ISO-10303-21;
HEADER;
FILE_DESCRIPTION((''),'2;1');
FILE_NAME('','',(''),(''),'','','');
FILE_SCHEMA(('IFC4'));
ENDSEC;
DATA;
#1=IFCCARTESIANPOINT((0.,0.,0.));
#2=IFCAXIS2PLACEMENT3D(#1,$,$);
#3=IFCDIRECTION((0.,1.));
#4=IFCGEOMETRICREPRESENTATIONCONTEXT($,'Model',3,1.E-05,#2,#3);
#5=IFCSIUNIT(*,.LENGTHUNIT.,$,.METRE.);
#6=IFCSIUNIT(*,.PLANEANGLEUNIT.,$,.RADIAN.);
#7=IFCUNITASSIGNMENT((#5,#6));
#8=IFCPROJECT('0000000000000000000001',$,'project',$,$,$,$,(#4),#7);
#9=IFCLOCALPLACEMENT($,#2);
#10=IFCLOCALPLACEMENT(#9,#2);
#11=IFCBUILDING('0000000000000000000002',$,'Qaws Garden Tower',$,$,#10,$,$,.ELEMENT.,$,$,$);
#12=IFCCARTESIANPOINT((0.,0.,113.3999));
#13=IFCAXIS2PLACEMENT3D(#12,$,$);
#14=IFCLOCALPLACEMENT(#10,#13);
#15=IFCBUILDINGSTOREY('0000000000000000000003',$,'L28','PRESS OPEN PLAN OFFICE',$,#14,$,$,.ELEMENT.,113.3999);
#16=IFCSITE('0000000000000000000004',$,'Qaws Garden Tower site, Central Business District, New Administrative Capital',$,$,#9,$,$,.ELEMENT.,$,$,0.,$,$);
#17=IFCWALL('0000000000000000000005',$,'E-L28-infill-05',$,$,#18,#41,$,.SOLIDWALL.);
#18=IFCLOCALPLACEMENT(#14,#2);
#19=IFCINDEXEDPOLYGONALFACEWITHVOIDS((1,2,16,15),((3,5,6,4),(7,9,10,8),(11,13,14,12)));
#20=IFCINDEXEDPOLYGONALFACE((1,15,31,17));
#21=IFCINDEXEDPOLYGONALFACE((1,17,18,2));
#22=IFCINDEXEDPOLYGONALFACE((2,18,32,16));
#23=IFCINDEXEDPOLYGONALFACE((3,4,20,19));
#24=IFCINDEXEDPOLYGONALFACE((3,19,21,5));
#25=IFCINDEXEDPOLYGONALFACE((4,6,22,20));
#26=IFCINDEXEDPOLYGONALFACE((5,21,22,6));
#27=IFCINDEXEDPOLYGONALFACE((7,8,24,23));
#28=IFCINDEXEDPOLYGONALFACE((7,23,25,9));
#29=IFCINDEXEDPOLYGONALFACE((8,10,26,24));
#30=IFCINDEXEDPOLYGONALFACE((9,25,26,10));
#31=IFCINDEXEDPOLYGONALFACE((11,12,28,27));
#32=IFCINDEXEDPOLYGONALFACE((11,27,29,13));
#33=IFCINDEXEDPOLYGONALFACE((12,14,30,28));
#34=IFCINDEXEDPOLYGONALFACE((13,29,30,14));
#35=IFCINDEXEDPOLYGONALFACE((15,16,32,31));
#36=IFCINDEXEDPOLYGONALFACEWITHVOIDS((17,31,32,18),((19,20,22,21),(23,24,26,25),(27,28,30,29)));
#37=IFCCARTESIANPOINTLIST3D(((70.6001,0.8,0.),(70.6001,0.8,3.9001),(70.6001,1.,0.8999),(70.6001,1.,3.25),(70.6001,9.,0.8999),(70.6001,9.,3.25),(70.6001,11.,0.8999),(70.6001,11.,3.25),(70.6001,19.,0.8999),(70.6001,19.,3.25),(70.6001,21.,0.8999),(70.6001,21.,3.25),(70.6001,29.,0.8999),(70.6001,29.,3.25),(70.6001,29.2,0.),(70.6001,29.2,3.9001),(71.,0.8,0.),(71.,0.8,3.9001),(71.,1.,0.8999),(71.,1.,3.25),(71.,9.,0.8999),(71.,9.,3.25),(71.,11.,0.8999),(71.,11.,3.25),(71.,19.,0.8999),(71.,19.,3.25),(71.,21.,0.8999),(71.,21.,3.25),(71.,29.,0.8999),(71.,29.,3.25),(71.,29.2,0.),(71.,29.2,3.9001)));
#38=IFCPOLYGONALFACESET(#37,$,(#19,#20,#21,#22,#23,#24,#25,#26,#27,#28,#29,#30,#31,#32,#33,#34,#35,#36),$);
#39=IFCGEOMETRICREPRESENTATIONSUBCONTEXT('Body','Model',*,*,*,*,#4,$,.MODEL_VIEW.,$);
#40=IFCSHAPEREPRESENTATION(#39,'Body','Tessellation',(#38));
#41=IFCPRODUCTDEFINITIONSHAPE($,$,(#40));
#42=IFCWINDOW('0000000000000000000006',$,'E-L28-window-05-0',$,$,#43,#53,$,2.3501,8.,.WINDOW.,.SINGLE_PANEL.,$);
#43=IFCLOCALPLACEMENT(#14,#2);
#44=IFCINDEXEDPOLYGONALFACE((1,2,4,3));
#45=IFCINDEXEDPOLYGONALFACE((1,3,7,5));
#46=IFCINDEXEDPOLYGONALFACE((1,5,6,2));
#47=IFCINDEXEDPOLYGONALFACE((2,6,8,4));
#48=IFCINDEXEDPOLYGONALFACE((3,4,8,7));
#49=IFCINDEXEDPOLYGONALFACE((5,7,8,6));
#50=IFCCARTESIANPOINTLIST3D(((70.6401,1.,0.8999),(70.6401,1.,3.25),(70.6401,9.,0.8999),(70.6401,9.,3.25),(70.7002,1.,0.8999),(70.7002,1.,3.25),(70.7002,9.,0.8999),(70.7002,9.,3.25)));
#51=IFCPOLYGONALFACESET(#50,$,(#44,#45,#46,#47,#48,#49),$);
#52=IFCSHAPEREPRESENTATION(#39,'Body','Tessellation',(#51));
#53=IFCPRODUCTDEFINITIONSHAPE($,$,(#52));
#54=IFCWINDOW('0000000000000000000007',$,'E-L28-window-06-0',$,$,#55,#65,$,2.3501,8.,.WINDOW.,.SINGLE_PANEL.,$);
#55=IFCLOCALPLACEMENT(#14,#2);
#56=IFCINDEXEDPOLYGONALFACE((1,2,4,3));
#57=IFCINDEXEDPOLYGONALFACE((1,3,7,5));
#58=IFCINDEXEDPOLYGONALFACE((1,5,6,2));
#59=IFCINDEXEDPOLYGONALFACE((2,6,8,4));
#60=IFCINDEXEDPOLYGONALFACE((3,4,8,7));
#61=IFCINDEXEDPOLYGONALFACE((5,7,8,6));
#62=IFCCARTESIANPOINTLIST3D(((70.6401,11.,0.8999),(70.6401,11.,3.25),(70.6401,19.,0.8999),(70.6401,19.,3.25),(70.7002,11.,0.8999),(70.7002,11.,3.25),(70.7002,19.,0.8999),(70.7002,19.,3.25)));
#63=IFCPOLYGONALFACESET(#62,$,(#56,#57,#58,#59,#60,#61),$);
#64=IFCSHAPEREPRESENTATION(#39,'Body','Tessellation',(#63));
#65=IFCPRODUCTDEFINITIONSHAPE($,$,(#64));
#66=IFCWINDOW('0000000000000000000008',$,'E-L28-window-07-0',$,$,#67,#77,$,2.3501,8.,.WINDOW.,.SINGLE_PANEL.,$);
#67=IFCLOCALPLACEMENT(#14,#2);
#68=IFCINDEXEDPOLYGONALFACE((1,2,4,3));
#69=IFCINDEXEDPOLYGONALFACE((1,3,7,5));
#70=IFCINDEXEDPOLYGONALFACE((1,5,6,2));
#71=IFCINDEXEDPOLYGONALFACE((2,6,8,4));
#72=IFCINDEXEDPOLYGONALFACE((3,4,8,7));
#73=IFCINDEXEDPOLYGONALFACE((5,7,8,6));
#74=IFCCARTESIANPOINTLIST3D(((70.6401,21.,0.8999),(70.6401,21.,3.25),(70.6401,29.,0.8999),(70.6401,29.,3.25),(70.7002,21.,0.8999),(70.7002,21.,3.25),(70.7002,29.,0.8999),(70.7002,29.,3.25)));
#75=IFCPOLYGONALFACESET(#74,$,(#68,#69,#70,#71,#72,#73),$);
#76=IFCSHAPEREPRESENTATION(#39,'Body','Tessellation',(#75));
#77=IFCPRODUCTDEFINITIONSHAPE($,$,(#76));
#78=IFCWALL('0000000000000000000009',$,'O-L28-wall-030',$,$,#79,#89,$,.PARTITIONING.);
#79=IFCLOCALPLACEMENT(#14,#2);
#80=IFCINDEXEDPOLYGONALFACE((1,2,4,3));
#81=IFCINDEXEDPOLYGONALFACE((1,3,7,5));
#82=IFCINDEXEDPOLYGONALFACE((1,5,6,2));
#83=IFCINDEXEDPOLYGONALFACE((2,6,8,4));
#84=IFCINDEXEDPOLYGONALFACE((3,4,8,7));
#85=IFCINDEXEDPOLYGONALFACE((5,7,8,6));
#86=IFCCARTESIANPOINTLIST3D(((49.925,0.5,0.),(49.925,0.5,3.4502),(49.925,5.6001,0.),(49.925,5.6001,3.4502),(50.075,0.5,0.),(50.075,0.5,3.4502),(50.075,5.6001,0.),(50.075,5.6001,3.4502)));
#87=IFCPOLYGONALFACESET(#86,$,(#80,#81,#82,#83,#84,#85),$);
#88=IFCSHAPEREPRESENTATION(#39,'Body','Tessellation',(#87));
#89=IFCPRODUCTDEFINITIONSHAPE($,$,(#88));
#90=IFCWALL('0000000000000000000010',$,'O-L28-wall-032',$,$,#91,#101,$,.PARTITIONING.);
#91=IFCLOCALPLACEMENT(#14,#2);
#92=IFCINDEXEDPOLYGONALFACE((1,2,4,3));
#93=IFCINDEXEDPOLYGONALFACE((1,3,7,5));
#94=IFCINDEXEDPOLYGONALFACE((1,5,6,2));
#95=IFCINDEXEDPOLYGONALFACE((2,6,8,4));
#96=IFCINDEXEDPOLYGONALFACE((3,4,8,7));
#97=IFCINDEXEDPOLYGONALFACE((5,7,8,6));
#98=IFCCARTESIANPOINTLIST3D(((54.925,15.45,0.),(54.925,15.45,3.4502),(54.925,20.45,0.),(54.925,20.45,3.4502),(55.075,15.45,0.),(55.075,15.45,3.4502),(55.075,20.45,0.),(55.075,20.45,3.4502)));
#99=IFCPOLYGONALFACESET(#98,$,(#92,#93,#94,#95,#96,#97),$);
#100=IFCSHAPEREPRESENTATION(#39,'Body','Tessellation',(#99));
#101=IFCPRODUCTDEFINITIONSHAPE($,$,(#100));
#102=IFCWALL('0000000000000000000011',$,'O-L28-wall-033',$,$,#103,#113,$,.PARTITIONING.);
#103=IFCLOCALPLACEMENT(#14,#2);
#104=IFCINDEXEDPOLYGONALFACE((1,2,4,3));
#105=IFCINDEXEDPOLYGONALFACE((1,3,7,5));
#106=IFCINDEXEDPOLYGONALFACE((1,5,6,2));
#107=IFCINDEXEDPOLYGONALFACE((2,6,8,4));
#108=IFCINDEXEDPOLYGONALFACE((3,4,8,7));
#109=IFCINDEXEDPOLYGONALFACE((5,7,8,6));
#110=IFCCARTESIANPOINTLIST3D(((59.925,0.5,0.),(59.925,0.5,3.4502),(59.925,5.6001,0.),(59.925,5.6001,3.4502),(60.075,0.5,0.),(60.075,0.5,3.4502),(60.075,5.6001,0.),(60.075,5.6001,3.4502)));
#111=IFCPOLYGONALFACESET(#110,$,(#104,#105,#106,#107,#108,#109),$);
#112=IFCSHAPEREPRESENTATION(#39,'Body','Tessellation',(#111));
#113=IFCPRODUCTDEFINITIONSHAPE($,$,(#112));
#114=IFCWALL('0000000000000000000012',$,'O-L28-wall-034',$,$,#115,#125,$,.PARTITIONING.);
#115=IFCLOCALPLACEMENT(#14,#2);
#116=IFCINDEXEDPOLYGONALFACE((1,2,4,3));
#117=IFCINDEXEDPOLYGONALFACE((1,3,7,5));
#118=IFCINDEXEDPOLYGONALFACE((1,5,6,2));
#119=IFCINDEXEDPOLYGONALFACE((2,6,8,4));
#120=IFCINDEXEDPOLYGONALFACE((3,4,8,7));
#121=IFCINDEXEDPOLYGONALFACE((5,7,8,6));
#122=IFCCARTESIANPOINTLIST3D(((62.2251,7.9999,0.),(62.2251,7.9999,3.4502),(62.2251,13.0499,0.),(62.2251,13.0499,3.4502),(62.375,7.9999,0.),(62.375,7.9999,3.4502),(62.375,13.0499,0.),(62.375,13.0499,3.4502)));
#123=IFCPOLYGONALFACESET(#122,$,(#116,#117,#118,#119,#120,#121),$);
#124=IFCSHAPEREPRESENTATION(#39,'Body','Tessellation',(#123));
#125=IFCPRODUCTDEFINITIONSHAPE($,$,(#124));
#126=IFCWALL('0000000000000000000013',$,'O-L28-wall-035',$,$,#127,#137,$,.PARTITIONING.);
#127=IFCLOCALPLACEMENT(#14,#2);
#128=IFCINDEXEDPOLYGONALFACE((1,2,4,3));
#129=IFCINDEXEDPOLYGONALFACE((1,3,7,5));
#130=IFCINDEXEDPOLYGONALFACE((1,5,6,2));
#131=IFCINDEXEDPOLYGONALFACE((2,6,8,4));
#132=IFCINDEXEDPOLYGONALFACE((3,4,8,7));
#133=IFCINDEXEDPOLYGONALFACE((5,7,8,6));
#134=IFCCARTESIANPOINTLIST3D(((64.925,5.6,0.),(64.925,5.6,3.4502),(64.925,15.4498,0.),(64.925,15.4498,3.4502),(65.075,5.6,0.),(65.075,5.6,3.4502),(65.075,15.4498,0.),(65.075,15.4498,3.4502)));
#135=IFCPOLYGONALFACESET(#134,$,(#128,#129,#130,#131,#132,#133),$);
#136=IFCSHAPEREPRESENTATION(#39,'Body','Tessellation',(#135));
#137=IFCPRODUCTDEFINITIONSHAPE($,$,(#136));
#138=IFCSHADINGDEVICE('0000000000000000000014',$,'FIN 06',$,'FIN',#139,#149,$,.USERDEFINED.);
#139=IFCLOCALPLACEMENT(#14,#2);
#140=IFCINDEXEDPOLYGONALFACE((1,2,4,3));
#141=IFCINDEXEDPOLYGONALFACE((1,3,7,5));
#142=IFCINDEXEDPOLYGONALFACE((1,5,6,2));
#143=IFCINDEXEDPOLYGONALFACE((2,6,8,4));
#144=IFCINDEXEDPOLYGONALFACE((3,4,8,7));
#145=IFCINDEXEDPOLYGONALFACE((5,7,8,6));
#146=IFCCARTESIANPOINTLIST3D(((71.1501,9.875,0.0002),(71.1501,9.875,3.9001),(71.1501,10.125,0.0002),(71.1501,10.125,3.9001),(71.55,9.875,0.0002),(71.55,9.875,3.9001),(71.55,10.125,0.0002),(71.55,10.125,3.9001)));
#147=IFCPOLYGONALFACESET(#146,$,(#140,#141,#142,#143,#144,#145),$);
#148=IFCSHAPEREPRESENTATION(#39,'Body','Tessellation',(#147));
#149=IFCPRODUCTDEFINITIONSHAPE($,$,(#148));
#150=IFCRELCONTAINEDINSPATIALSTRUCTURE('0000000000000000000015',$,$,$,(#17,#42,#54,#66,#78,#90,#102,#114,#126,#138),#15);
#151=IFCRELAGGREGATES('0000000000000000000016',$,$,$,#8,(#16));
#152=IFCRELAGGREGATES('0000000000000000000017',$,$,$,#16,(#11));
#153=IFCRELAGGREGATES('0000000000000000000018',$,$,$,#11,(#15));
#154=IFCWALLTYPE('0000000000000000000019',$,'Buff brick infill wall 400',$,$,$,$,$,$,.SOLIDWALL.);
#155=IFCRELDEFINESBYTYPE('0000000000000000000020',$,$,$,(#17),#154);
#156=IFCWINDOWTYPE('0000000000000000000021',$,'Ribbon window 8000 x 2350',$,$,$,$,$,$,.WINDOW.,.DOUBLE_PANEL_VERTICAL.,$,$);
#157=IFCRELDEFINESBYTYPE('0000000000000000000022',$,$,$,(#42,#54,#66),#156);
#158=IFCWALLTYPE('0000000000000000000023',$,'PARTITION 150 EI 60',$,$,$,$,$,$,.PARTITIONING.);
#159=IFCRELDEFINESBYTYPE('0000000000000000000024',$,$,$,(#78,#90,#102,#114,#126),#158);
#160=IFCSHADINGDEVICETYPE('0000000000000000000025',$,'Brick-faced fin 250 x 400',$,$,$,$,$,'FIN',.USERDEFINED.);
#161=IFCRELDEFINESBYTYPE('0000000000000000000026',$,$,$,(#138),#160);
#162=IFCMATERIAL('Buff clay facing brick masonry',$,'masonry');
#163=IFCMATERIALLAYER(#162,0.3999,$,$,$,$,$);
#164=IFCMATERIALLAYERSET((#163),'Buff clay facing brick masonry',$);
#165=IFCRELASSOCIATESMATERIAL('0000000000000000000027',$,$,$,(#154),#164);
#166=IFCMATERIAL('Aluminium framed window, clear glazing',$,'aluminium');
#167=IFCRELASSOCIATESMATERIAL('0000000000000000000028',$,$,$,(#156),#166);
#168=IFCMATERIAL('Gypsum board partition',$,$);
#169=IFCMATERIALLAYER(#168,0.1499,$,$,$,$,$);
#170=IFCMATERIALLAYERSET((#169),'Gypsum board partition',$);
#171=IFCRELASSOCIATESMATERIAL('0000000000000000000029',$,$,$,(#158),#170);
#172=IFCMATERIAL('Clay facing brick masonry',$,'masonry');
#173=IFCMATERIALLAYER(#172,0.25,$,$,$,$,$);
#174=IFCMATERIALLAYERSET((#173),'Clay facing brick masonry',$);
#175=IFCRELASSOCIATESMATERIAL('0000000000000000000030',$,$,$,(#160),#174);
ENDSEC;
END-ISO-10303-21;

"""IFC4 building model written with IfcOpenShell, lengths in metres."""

from ifc_helpers import new_model, si_unit, direction, frame, frame_2d, origin, origin_2d, place, context, subcontext, project, spatial, rectangle, extrude, material, layer, layer_set, type_object, element, fill, save


model = new_model("IFC4")

# Units and contexts
model_context = context("Model", 3, precision=1e-05, world=origin(), true_north=direction((0.0, 1.0)))
body_context = subcontext(model_context, "Body", "Model", "MODEL_VIEW")
ifc_project = project(units=[si_unit("LENGTHUNIT", "METRE"), si_unit("PLANEANGLEUNIT", "RADIAN")], contexts=[model_context])

# Site, building, storey
site_placement = place(None, origin())
site = spatial("IfcSite", under=ifc_project, at=site_placement, Name="Qaws Garden Tower site, Central Business District, New Administrative Capital", CompositionType="ELEMENT", RefElevation=0.0)
building_placement = place(site_placement, origin())
building = spatial("IfcBuilding", under=site, at=building_placement, Name="Qaws Garden Tower", CompositionType="ELEMENT")
storey_placement = place(building_placement, frame((0.0, 0.0, 113.3999)))
storey = spatial("IfcBuildingStorey", under=building, at=storey_placement, Name="L28", Description="PRESS OPEN PLAN OFFICE", CompositionType="ELEMENT", Elevation=113.3999)

# Wall, openings, windows
ifc_material_1 = material(Name="Buff clay facing brick masonry", Category="masonry")
ifc_layer_1 = layer(ifc_material_1, 0.3999)
ifc_layer_set_1 = layer_set([ifc_layer_1], Name="Buff clay facing brick masonry")
wall_type_1 = type_object("IfcWallType", Name="Buff brick infill wall 400", PredefinedType="SOLIDWALL", material=ifc_layer_set_1)
wall_1_placement = place(storey_placement, frame((70.8, 0.8, 0.0), z_axis=(0.0, 0.0, 1.0), x_axis=(0.0, 1.0, 0.0)))
wall_1 = element("IfcWall", 1, at=wall_1_placement, inside=storey, type_object=wall_type_1, Name="E-L28-infill-05", PredefinedType="SOLIDWALL", context=body_context, shape_type="SweptSolid", body=[
    extrude(rectangle(XDim=28.3999, YDim=0.3999, at=frame_2d((14.2, 0.0))), origin(), (0.0, 0.0, 1.0), 3.9001),
])
opening_1_placement = place(wall_1_placement, frame((0.2, 0.0, 0.8999)))
opening_1 = element("IfcOpeningElement", 2, at=opening_1_placement, cuts=wall_1, PredefinedType="OPENING", context=body_context, shape_type="SweptSolid", body=[
    extrude(rectangle(XDim=8.0, YDim=2.3501, at=frame_2d((4.0, 1.175))), frame((0.0, 0.21, 0.0), z_axis=(0.0, -1.0, 0.0), x_axis=(1.0, 0.0, 0.0)), (0.0, 0.0, 1.0), 0.4199),
])
opening_2_placement = place(wall_1_placement, frame((10.2, 0.0, 0.8999)))
opening_2 = element("IfcOpeningElement", 3, at=opening_2_placement, cuts=wall_1, PredefinedType="OPENING", context=body_context, shape_type="SweptSolid", body=[
    extrude(rectangle(XDim=8.0, YDim=2.3501, at=frame_2d((4.0, 1.175))), frame((0.0, 0.21, 0.0), z_axis=(0.0, -1.0, 0.0), x_axis=(1.0, 0.0, 0.0)), (0.0, 0.0, 1.0), 0.4199),
])
opening_3_placement = place(wall_1_placement, frame((20.2, 0.0, 0.8999)))
opening_3 = element("IfcOpeningElement", 4, at=opening_3_placement, cuts=wall_1, PredefinedType="OPENING", context=body_context, shape_type="SweptSolid", body=[
    extrude(rectangle(XDim=8.0, YDim=2.3501, at=frame_2d((4.0, 1.175))), frame((0.0, 0.21, 0.0), z_axis=(0.0, -1.0, 0.0), x_axis=(1.0, 0.0, 0.0)), (0.0, 0.0, 1.0), 0.4199),
])
ifc_material_2 = material(Name="Aluminium framed window, clear glazing", Category="aluminium")
window_type = type_object("IfcWindowType", Name="Ribbon window 8000 x 2350", PartitioningType="DOUBLE_PANEL_VERTICAL", PredefinedType="WINDOW", material=ifc_material_2)
window_1_placement = place(opening_1_placement, origin())
window_1 = element("IfcWindow", 5, at=window_1_placement, inside=storey, type_object=window_type, Name="E-L28-window-05-0", OverallHeight=2.3501, OverallWidth=8.0, PartitioningType="SINGLE_PANEL", PredefinedType="WINDOW", context=body_context, shape_type="SweptSolid", body=[
    extrude(rectangle(XDim=8.0, YDim=2.3501, at=frame_2d((4.0, 1.175))), frame((0.0, 0.1599, 0.0), z_axis=(0.0, -1.0, 0.0), x_axis=(1.0, 0.0, 0.0)), (0.0, 0.0, 1.0), 0.0601),
])
fill(opening_1, window_1)
window_2_placement = place(opening_2_placement, origin())
window_2 = element("IfcWindow", 6, at=window_2_placement, inside=storey, type_object=window_type, Name="E-L28-window-06-0", OverallHeight=2.3501, OverallWidth=8.0, PartitioningType="SINGLE_PANEL", PredefinedType="WINDOW", context=body_context, shape_type="SweptSolid", body=[
    extrude(rectangle(XDim=8.0, YDim=2.3501, at=frame_2d((4.0, 1.175))), frame((0.0, 0.1599, 0.0), z_axis=(0.0, -1.0, 0.0), x_axis=(1.0, 0.0, 0.0)), (0.0, 0.0, 1.0), 0.0601),
])
fill(opening_2, window_2)
window_3_placement = place(opening_3_placement, origin())
window_3 = element("IfcWindow", 7, at=window_3_placement, inside=storey, type_object=window_type, Name="E-L28-window-07-0", OverallHeight=2.3501, OverallWidth=8.0, PartitioningType="SINGLE_PANEL", PredefinedType="WINDOW", context=body_context, shape_type="SweptSolid", body=[
    extrude(rectangle(XDim=8.0, YDim=2.3501, at=frame_2d((4.0, 1.175))), frame((0.0, 0.1599, 0.0), z_axis=(0.0, -1.0, 0.0), x_axis=(1.0, 0.0, 0.0)), (0.0, 0.0, 1.0), 0.0601),
])
fill(opening_3, window_3)

# Walls
ifc_material_3 = material(Name="Gypsum board partition")
ifc_layer_2 = layer(ifc_material_3, 0.1499)
ifc_layer_set_2 = layer_set([ifc_layer_2], Name="Gypsum board partition")
wall_type_2 = type_object("IfcWallType", Name="PARTITION 150 EI 60", PredefinedType="PARTITIONING", material=ifc_layer_set_2)
wall_2_placement = place(storey_placement, frame((50.0, 0.5, 0.0), z_axis=(0.0, 0.0, 1.0), x_axis=(0.0, 1.0, 0.0)))
element("IfcWall", 8, at=wall_2_placement, inside=storey, type_object=wall_type_2, Name="O-L28-wall-030", PredefinedType="PARTITIONING", context=body_context, shape_type="SweptSolid", body=[
    extrude(rectangle(XDim=5.1001, YDim=0.1499, at=frame_2d((2.55, 0.0))), origin(), (0.0, 0.0, 1.0), 3.4502),
])
wall_3_placement = place(storey_placement, frame((55.0, 15.45, 0.0), z_axis=(0.0, 0.0, 1.0), x_axis=(0.0, 1.0, 0.0)))
element("IfcWall", 9, at=wall_3_placement, inside=storey, type_object=wall_type_2, Name="O-L28-wall-032", PredefinedType="PARTITIONING", context=body_context, shape_type="SweptSolid", body=[
    extrude(rectangle(XDim=5.0, YDim=0.1499, at=frame_2d((2.5, 0.0))), origin(), (0.0, 0.0, 1.0), 3.4502),
])
wall_4_placement = place(storey_placement, frame((60.0, 0.5, 0.0), z_axis=(0.0, 0.0, 1.0), x_axis=(0.0, 1.0, 0.0)))
element("IfcWall", 10, at=wall_4_placement, inside=storey, type_object=wall_type_2, Name="O-L28-wall-033", PredefinedType="PARTITIONING", context=body_context, shape_type="SweptSolid", body=[
    extrude(rectangle(XDim=5.1001, YDim=0.1499, at=frame_2d((2.55, 0.0))), origin(), (0.0, 0.0, 1.0), 3.4502),
])
wall_5_placement = place(storey_placement, frame((62.3, 8.0, 0.0), z_axis=(0.0, 0.0, 1.0), x_axis=(0.0, 1.0, 0.0)))
element("IfcWall", 11, at=wall_5_placement, inside=storey, type_object=wall_type_2, Name="O-L28-wall-034", PredefinedType="PARTITIONING", context=body_context, shape_type="SweptSolid", body=[
    extrude(rectangle(XDim=5.05, YDim=0.1499, at=frame_2d((2.5249, 0.0))), origin(), (0.0, 0.0, 1.0), 3.4502),
])
wall_6_placement = place(storey_placement, frame((65.0, 5.6001, 0.0), z_axis=(0.0, 0.0, 1.0), x_axis=(0.0, 1.0, 0.0)))
element("IfcWall", 12, at=wall_6_placement, inside=storey, type_object=wall_type_2, Name="O-L28-wall-035", PredefinedType="PARTITIONING", context=body_context, shape_type="SweptSolid", body=[
    extrude(rectangle(XDim=9.8499, YDim=0.1499, at=frame_2d((4.9248, 0.0))), origin(), (0.0, 0.0, 1.0), 3.4502),
])

# Shading device
ifc_material_4 = material(Name="Clay facing brick masonry", Category="masonry")
ifc_layer_3 = layer(ifc_material_4, 0.25)
ifc_layer_set_3 = layer_set([ifc_layer_3], Name="Clay facing brick masonry")
shading_device_type = type_object("IfcShadingDeviceType", Name="Brick-faced fin 250 x 400", ElementType="FIN", PredefinedType="USERDEFINED", material=ifc_layer_set_3)
shading_device_placement = place(storey_placement, frame((71.3501, 10.0, 0.0002), z_axis=(0.0, 0.0, 1.0), x_axis=(0.0, 1.0, 0.0)))
element("IfcShadingDevice", 13, at=shading_device_placement, inside=storey, type_object=shading_device_type, Name="FIN 06", ObjectType="FIN", PredefinedType="USERDEFINED", context=body_context, shape_type="SweptSolid", body=[
    extrude(rectangle(XDim=0.25, YDim=0.3999, at=origin_2d()), origin(), (0.0, 0.0, 1.0), 3.8999),
])

save(model, "model.ifc")
